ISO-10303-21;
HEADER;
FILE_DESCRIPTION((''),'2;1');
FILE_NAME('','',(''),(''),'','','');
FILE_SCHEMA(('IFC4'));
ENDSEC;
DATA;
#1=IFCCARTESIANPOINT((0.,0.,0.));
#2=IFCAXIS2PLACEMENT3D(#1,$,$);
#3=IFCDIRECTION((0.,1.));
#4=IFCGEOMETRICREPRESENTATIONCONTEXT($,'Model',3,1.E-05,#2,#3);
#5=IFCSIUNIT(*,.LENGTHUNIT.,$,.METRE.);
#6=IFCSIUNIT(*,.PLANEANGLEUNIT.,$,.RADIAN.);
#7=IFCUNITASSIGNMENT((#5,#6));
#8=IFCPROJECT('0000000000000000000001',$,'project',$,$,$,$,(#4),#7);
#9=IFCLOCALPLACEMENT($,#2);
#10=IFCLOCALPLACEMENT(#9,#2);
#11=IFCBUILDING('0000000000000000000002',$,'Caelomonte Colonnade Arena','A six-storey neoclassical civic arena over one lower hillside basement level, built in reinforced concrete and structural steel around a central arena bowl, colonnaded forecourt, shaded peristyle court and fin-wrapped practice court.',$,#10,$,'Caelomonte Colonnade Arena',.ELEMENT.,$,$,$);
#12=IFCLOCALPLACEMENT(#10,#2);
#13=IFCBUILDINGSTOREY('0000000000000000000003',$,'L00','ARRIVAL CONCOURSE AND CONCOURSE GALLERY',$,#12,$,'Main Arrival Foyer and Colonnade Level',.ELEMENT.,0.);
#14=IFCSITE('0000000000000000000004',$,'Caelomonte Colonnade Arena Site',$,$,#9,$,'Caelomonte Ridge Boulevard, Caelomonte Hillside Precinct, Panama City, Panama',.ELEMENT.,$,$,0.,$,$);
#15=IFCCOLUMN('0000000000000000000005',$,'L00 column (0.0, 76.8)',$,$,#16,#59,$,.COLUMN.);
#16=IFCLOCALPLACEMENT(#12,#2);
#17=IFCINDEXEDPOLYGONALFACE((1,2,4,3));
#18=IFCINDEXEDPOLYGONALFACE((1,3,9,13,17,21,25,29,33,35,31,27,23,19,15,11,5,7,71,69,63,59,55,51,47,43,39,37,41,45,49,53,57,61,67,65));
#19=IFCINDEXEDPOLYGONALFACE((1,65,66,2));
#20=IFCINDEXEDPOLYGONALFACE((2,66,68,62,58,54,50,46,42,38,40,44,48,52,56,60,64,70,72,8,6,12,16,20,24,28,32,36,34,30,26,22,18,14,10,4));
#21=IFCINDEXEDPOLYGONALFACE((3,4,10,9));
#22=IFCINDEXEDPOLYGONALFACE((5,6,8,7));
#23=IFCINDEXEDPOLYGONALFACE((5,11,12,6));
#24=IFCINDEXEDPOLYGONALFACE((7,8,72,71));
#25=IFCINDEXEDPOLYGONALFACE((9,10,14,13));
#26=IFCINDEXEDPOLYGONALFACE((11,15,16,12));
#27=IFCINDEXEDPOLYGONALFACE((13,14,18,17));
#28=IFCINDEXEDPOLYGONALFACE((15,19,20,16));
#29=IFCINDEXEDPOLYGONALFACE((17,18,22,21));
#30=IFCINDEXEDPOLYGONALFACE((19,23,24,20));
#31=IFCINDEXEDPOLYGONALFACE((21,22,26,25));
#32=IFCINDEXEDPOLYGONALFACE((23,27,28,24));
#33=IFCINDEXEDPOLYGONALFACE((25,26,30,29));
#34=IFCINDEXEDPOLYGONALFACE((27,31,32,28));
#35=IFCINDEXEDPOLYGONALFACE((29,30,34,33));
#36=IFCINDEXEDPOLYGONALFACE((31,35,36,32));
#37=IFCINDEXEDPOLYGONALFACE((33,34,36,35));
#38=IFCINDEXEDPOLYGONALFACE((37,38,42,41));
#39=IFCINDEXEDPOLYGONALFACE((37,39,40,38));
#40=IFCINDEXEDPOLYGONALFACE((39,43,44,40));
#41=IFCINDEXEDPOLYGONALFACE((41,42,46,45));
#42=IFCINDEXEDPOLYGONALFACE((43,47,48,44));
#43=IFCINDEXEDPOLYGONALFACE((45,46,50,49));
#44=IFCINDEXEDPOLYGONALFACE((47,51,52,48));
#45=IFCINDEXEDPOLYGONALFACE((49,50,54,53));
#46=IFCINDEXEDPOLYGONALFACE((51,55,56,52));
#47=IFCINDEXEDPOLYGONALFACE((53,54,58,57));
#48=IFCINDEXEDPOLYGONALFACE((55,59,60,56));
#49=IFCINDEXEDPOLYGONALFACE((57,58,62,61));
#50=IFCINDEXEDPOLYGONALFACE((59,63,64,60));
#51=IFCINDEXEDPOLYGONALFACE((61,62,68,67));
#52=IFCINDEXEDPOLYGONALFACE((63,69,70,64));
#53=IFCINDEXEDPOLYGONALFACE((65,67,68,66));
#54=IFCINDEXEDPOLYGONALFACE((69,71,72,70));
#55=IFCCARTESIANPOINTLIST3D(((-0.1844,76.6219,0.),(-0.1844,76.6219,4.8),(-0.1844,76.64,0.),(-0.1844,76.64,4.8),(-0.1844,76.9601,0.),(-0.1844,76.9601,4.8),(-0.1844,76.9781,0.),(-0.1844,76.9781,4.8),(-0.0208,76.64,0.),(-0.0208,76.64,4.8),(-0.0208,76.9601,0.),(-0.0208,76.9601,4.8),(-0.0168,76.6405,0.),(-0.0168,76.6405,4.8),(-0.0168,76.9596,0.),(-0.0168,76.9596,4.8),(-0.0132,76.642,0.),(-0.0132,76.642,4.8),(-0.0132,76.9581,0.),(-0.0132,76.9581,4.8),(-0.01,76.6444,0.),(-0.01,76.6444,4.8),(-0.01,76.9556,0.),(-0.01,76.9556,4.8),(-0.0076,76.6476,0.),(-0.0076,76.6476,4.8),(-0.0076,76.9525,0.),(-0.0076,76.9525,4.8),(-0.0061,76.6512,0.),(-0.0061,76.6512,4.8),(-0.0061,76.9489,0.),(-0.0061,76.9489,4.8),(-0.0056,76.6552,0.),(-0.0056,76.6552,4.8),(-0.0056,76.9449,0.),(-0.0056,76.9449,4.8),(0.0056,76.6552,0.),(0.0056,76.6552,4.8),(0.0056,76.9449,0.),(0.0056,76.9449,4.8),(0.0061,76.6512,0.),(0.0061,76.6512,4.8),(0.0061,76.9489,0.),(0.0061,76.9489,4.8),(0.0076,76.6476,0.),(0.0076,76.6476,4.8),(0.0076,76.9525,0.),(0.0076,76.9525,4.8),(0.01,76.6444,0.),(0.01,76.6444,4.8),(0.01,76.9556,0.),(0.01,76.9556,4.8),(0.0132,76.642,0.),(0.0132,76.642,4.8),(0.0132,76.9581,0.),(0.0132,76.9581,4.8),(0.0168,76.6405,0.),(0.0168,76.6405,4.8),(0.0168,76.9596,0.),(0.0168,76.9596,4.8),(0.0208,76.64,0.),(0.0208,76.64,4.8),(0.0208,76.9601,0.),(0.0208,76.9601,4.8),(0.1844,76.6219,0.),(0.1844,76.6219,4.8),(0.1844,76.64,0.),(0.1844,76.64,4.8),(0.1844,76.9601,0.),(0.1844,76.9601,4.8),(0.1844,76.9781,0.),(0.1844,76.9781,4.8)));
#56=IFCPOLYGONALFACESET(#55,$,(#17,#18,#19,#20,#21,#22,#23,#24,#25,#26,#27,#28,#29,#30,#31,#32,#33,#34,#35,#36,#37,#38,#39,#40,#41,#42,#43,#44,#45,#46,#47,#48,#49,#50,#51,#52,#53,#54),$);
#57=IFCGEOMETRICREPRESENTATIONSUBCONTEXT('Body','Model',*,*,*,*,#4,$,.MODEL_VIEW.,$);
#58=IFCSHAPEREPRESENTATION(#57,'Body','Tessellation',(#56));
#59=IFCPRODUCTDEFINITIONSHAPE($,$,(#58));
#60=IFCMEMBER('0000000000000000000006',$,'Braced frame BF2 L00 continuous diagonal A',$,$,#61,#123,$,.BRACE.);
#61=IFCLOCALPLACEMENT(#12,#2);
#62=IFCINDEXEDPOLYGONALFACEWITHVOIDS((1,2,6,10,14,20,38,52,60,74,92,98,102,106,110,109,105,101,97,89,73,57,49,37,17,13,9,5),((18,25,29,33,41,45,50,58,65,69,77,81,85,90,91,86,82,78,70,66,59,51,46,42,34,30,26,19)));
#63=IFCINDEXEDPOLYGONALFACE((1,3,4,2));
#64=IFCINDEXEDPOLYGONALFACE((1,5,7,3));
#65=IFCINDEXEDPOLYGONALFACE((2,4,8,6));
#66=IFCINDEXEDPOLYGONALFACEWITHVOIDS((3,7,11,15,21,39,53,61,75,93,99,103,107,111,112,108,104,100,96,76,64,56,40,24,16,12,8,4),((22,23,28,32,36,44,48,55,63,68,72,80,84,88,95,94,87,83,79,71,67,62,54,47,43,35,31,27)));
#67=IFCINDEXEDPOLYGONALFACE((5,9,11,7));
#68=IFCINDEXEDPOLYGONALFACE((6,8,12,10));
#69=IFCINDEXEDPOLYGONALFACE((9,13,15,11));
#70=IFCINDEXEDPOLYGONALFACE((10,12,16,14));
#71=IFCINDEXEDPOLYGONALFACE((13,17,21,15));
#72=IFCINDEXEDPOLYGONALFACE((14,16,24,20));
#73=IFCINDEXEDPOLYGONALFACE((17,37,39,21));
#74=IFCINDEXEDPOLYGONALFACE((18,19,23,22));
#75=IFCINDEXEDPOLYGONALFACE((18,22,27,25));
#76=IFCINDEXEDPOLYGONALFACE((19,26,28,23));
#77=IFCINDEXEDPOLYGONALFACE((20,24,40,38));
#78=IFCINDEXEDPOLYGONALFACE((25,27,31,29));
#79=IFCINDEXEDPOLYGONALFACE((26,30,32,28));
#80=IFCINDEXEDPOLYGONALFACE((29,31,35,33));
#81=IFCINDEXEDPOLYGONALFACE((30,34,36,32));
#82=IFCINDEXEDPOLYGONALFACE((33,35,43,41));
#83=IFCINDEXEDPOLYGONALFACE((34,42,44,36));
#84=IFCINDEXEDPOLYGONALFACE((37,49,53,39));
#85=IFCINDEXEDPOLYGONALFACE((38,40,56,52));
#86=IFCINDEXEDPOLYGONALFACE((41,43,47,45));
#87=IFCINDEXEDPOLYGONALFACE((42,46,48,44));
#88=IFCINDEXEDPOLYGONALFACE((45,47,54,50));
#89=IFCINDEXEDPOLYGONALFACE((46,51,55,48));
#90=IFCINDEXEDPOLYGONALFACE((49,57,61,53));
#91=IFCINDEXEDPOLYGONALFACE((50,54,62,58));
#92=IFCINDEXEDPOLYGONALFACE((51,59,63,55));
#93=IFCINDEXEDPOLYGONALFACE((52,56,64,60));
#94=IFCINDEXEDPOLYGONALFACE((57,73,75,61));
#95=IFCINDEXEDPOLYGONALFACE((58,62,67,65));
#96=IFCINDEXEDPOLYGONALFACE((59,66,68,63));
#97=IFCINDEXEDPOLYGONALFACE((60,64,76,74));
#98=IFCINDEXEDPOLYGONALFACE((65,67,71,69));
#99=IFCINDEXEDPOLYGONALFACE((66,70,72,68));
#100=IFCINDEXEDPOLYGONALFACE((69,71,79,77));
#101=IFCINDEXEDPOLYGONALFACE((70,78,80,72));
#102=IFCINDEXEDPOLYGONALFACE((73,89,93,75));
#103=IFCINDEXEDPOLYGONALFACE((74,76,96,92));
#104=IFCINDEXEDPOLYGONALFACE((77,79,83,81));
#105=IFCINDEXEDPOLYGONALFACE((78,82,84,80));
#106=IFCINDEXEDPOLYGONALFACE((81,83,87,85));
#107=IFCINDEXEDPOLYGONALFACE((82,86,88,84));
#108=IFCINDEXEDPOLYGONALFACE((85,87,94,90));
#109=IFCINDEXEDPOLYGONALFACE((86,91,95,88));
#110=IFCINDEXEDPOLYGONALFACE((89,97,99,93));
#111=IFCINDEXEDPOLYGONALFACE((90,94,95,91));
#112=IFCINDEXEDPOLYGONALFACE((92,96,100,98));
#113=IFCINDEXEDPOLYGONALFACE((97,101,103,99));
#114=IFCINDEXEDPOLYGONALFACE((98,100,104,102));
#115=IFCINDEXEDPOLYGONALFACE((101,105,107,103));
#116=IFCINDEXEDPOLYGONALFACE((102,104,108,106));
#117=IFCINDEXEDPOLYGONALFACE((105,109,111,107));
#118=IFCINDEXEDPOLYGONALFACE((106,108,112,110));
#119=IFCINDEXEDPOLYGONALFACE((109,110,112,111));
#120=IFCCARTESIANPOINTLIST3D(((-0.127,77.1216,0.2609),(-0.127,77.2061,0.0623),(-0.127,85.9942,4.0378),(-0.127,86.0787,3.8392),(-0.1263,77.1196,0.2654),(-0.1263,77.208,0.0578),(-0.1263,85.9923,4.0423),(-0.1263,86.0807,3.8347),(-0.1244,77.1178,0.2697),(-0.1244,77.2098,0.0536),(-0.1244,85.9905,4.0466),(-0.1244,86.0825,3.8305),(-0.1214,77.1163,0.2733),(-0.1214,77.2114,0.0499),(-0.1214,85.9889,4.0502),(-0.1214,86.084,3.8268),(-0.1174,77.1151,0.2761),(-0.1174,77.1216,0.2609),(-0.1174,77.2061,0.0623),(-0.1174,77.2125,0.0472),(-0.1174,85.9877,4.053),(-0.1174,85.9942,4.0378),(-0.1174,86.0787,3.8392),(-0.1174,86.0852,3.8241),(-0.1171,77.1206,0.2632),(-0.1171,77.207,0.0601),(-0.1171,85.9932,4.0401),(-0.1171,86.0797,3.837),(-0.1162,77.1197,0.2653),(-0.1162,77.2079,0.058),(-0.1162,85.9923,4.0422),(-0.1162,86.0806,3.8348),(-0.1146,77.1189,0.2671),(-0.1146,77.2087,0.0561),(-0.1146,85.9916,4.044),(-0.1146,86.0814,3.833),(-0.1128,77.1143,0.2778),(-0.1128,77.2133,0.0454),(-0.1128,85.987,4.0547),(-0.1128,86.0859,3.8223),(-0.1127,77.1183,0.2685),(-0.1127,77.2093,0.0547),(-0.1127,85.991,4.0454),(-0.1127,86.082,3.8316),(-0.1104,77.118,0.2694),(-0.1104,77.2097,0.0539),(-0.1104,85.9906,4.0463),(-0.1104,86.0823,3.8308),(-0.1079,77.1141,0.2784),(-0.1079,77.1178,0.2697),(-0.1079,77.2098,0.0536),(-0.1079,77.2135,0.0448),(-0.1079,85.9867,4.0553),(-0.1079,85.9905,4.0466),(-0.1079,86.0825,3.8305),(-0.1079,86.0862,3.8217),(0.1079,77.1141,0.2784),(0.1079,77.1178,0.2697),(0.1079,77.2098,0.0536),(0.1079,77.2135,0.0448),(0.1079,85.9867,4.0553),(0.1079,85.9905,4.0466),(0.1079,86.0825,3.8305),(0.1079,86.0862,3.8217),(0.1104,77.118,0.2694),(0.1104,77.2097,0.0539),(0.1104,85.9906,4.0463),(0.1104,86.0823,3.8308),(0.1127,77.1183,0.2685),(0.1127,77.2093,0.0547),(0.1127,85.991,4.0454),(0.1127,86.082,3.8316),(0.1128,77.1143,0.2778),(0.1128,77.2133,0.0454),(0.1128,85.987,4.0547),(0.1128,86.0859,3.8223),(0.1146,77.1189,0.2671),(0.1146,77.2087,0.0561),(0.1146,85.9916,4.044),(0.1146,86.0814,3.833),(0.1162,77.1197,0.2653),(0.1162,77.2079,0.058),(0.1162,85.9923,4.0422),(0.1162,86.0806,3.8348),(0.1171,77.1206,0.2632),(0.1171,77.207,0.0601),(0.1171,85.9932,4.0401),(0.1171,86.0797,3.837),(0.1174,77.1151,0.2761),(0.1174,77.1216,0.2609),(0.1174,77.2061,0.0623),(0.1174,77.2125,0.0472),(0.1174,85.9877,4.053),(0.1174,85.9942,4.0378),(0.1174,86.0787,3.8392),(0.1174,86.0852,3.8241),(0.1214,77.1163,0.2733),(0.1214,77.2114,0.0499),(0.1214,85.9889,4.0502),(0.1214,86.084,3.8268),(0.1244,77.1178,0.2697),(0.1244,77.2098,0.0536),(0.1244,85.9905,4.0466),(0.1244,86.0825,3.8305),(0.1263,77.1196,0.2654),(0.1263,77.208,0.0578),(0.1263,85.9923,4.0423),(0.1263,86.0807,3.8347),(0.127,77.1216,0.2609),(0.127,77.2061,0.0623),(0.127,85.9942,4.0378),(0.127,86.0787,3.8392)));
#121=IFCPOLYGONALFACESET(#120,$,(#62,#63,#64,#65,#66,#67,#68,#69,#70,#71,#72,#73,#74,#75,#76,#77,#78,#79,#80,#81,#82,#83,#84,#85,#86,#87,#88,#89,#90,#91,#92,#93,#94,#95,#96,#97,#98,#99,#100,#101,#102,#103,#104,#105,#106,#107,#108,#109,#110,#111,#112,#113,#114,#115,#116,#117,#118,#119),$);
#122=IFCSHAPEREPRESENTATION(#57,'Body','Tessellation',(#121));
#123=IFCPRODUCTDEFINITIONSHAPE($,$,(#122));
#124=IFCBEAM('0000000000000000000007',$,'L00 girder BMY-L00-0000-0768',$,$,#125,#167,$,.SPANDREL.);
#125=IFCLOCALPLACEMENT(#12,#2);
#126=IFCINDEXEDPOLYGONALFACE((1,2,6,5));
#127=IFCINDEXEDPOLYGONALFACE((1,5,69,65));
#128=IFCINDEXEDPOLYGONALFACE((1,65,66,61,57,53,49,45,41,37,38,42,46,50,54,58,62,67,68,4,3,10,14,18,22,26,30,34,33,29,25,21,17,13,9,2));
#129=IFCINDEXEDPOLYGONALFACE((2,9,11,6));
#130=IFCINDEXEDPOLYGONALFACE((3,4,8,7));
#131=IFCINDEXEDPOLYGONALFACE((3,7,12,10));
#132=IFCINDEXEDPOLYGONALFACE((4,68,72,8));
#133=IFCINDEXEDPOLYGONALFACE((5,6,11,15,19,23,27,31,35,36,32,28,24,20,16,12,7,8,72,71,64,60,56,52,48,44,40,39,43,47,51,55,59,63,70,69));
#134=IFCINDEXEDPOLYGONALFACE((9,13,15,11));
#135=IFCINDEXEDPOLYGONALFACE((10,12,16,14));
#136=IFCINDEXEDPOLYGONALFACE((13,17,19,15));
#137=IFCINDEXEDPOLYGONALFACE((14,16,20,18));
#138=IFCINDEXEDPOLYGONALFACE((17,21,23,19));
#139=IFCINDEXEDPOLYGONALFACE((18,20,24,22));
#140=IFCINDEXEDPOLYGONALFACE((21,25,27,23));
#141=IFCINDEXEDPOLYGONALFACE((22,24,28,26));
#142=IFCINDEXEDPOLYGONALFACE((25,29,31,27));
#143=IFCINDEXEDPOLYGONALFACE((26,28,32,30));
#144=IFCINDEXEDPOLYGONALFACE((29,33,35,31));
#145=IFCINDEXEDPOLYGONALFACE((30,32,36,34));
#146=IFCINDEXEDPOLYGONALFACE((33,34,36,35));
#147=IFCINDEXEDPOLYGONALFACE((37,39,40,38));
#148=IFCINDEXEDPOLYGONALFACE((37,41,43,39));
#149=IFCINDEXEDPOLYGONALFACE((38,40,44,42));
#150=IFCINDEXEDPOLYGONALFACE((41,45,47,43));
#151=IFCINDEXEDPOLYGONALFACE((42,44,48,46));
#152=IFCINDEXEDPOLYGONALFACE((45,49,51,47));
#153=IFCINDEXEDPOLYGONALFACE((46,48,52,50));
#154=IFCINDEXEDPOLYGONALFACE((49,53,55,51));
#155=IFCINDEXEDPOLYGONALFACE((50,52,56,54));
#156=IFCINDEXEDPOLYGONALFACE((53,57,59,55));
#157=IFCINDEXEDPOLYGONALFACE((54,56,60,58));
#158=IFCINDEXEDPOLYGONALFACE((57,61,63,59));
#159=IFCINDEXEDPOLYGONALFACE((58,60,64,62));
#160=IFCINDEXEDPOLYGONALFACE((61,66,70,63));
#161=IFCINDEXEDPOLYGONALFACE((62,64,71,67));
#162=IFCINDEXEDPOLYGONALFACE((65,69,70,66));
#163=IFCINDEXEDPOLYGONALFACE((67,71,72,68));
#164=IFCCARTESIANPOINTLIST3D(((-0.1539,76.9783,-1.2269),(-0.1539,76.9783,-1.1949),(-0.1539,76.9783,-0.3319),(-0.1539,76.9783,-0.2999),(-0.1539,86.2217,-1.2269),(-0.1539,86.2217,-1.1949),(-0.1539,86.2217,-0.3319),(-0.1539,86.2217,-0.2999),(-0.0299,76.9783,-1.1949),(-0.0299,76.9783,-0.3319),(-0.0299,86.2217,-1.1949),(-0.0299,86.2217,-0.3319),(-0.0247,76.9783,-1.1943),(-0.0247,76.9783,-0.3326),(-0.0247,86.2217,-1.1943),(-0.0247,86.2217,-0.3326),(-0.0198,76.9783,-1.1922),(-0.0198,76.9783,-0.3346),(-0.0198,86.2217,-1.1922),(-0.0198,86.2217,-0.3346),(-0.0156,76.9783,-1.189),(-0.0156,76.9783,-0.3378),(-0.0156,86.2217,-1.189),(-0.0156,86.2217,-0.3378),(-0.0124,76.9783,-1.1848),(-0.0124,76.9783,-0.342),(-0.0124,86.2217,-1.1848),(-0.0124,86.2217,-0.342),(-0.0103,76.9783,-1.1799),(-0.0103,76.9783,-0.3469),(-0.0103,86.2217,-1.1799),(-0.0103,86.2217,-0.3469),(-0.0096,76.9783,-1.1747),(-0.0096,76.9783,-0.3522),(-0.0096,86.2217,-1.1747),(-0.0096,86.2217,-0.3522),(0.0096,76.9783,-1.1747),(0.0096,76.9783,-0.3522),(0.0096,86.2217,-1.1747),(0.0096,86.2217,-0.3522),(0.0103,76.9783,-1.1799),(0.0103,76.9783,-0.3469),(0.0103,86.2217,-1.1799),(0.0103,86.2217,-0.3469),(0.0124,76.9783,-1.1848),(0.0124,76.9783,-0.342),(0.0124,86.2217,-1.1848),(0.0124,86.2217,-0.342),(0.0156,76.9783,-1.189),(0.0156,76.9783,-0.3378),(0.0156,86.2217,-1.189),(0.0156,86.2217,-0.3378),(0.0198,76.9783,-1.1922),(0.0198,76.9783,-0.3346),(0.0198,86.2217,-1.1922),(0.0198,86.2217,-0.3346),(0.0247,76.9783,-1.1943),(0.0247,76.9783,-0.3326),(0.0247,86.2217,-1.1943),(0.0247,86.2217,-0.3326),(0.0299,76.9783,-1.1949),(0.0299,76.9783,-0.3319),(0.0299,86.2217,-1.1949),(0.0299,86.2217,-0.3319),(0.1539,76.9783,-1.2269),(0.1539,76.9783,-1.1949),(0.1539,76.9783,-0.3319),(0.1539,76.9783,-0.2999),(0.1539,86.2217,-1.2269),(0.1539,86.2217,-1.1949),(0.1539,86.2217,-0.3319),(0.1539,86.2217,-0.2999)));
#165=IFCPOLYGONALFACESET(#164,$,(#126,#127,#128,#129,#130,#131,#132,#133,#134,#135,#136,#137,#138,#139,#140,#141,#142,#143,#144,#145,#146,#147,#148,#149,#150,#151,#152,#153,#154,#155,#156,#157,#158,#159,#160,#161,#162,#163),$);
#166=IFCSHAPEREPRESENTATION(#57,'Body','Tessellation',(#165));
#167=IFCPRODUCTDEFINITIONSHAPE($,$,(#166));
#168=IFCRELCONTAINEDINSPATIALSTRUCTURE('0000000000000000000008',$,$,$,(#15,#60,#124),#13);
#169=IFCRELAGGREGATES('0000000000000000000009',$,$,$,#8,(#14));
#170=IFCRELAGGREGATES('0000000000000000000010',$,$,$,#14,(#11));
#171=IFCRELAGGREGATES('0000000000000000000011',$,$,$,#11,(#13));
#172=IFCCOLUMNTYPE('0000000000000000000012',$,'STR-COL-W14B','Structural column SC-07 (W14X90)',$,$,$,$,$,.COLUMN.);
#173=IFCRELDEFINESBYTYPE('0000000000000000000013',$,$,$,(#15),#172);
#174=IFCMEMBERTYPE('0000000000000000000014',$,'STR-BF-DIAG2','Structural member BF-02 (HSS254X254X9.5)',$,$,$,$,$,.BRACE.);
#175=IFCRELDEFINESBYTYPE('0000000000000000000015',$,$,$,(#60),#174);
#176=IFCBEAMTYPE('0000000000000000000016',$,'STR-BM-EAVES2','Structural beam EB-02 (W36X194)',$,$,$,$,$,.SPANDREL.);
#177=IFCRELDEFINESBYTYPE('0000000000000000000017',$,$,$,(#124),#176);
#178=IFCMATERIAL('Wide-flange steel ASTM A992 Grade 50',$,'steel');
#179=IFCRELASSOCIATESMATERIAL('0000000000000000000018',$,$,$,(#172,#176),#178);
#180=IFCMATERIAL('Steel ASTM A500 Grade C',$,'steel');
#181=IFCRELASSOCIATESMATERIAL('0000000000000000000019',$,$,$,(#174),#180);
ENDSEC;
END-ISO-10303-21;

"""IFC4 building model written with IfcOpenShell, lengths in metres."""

from ifc_helpers import new_model, si_unit, direction, frame, origin, origin_2d, place, context, subcontext, project, spatial, hollow_rectangle, i_section, extrude, material, material_profile, profile_set, type_object, element, save


model = new_model("IFC4")

# Units and contexts
model_context = context("Model", 3, precision=1e-05, world=origin(), true_north=direction((0.0, 1.0)))
body_context = subcontext(model_context, "Body", "Model", "MODEL_VIEW")
ifc_project = project(units=[si_unit("LENGTHUNIT", "METRE"), si_unit("PLANEANGLEUNIT", "RADIAN")], contexts=[model_context])

# Site, building, storey
site_placement = place(None, origin())
site = spatial("IfcSite", under=ifc_project, at=site_placement, Name="Caelomonte Colonnade Arena Site", LongName="Caelomonte Ridge Boulevard, Caelomonte Hillside Precinct, Panama City, Panama", CompositionType="ELEMENT", RefElevation=0.0)
building_placement = place(site_placement, origin())
building = spatial("IfcBuilding", under=site, at=building_placement, Name="Caelomonte Colonnade Arena", Description="A six-storey neoclassical civic arena over one lower hillside basement level, built in reinforced concrete and structural steel around a central arena bowl, colonnaded forecourt, shaded peristyle court and fin-wrapped practice court.", LongName="Caelomonte Colonnade Arena", CompositionType="ELEMENT")
storey_placement = place(building_placement, origin())
storey = spatial("IfcBuildingStorey", under=building, at=storey_placement, Name="L00", Description="ARRIVAL CONCOURSE AND CONCOURSE GALLERY", LongName="Main Arrival Foyer and Colonnade Level", CompositionType="ELEMENT", Elevation=0.0)

# Column
ifc_material_1 = material(Name="Wide-flange steel ASTM A992 Grade 50", Category="steel")
ifc_material_profile_1 = material_profile(ifc_material_1, i_section(OverallWidth=0.3689, OverallDepth=0.3562, WebThickness=0.0112, FlangeThickness=0.0181, FilletRadius=0.0151, at=origin_2d()), Name="W14X90")
ifc_profile_set_1 = profile_set([ifc_material_profile_1], Name="Wide-flange steel ASTM A992 Grade 50")
column_type = type_object("IfcColumnType", Name="STR-COL-W14B", Description="Structural column SC-07 (W14X90)", PredefinedType="COLUMN", material=ifc_profile_set_1)
column_placement = place(storey_placement, frame((0.0, 76.8, 0.0), z_axis=(0.0, 0.0, 1.0), x_axis=(1.0, 0.0, 0.0)))
element("IfcColumn", 1, at=column_placement, inside=storey, type_object=column_type, Name="L00 column (0.0, 76.8)", PredefinedType="COLUMN", context=body_context, shape_type="SweptSolid", body=[
    extrude(i_section(OverallWidth=0.3689, OverallDepth=0.3562, WebThickness=0.0112, FlangeThickness=0.0181, FilletRadius=0.0151, at=origin_2d()), origin(), (0.0, 0.0, 1.0), 4.8),
])

# Member
ifc_material_2 = material(Name="Steel ASTM A500 Grade C", Category="steel")
ifc_material_profile_2 = material_profile(ifc_material_2, hollow_rectangle(XDim=0.2539, YDim=0.2539, WallThickness=0.0095, InnerFilletRadius=0.0095, OuterFilletRadius=0.019, at=origin_2d()), Name="HSS254X254X9.5")
ifc_profile_set_2 = profile_set([ifc_material_profile_2], Name="Steel ASTM A500 Grade C")
member_type = type_object("IfcMemberType", Name="STR-BF-DIAG2", Description="Structural member BF-02 (HSS254X254X9.5)", PredefinedType="BRACE", material=ifc_profile_set_2)
member_placement = place(storey_placement, frame((0.0, 77.1638, 0.1616), z_axis=(0.0, 0.920106, 0.391669), x_axis=(-1.0, 0.0, 0.0)))
element("IfcMember", 2, at=member_placement, inside=storey, type_object=member_type, Name="Braced frame BF2 L00 continuous diagonal A", PredefinedType="BRACE", context=body_context, shape_type="SweptSolid", body=[
    extrude(hollow_rectangle(XDim=0.2539, YDim=0.2539, WallThickness=0.0095, InnerFilletRadius=0.0095, OuterFilletRadius=0.019, at=origin_2d()), origin(), (0.0, 0.0, 1.0), 9.6431),
])

# Beam
ifc_material_profile_3 = material_profile(ifc_material_1, i_section(OverallWidth=0.3079, OverallDepth=0.927, WebThickness=0.0193, FlangeThickness=0.032, FilletRadius=0.0203, at=origin_2d()), Name="W36X194")
ifc_profile_set_3 = profile_set([ifc_material_profile_3], Name="Wide-flange steel ASTM A992 Grade 50")
beam_type_1 = type_object("IfcBeamType", Name="STR-BM-EAVES2", Description="Structural beam EB-02 (W36X194)", PredefinedType="SPANDREL", material=ifc_profile_set_3)
beam_1_placement = place(storey_placement, frame((0.0, 76.9783, -0.7634), z_axis=(0.0, 1.0, 0.0), x_axis=(-1.0, 0.0, 0.0)))
element("IfcBeam", 3, at=beam_1_placement, inside=storey, type_object=beam_type_1, Name="L00 girder BMY-L00-0000-0768", PredefinedType="SPANDREL", context=body_context, shape_type="SweptSolid", body=[
    extrude(i_section(OverallWidth=0.3079, OverallDepth=0.927, WebThickness=0.0193, FlangeThickness=0.032, FilletRadius=0.0203, at=origin_2d()), origin(), (0.0, 0.0, 1.0), 9.2434),
])

save(model, "model.ifc")
